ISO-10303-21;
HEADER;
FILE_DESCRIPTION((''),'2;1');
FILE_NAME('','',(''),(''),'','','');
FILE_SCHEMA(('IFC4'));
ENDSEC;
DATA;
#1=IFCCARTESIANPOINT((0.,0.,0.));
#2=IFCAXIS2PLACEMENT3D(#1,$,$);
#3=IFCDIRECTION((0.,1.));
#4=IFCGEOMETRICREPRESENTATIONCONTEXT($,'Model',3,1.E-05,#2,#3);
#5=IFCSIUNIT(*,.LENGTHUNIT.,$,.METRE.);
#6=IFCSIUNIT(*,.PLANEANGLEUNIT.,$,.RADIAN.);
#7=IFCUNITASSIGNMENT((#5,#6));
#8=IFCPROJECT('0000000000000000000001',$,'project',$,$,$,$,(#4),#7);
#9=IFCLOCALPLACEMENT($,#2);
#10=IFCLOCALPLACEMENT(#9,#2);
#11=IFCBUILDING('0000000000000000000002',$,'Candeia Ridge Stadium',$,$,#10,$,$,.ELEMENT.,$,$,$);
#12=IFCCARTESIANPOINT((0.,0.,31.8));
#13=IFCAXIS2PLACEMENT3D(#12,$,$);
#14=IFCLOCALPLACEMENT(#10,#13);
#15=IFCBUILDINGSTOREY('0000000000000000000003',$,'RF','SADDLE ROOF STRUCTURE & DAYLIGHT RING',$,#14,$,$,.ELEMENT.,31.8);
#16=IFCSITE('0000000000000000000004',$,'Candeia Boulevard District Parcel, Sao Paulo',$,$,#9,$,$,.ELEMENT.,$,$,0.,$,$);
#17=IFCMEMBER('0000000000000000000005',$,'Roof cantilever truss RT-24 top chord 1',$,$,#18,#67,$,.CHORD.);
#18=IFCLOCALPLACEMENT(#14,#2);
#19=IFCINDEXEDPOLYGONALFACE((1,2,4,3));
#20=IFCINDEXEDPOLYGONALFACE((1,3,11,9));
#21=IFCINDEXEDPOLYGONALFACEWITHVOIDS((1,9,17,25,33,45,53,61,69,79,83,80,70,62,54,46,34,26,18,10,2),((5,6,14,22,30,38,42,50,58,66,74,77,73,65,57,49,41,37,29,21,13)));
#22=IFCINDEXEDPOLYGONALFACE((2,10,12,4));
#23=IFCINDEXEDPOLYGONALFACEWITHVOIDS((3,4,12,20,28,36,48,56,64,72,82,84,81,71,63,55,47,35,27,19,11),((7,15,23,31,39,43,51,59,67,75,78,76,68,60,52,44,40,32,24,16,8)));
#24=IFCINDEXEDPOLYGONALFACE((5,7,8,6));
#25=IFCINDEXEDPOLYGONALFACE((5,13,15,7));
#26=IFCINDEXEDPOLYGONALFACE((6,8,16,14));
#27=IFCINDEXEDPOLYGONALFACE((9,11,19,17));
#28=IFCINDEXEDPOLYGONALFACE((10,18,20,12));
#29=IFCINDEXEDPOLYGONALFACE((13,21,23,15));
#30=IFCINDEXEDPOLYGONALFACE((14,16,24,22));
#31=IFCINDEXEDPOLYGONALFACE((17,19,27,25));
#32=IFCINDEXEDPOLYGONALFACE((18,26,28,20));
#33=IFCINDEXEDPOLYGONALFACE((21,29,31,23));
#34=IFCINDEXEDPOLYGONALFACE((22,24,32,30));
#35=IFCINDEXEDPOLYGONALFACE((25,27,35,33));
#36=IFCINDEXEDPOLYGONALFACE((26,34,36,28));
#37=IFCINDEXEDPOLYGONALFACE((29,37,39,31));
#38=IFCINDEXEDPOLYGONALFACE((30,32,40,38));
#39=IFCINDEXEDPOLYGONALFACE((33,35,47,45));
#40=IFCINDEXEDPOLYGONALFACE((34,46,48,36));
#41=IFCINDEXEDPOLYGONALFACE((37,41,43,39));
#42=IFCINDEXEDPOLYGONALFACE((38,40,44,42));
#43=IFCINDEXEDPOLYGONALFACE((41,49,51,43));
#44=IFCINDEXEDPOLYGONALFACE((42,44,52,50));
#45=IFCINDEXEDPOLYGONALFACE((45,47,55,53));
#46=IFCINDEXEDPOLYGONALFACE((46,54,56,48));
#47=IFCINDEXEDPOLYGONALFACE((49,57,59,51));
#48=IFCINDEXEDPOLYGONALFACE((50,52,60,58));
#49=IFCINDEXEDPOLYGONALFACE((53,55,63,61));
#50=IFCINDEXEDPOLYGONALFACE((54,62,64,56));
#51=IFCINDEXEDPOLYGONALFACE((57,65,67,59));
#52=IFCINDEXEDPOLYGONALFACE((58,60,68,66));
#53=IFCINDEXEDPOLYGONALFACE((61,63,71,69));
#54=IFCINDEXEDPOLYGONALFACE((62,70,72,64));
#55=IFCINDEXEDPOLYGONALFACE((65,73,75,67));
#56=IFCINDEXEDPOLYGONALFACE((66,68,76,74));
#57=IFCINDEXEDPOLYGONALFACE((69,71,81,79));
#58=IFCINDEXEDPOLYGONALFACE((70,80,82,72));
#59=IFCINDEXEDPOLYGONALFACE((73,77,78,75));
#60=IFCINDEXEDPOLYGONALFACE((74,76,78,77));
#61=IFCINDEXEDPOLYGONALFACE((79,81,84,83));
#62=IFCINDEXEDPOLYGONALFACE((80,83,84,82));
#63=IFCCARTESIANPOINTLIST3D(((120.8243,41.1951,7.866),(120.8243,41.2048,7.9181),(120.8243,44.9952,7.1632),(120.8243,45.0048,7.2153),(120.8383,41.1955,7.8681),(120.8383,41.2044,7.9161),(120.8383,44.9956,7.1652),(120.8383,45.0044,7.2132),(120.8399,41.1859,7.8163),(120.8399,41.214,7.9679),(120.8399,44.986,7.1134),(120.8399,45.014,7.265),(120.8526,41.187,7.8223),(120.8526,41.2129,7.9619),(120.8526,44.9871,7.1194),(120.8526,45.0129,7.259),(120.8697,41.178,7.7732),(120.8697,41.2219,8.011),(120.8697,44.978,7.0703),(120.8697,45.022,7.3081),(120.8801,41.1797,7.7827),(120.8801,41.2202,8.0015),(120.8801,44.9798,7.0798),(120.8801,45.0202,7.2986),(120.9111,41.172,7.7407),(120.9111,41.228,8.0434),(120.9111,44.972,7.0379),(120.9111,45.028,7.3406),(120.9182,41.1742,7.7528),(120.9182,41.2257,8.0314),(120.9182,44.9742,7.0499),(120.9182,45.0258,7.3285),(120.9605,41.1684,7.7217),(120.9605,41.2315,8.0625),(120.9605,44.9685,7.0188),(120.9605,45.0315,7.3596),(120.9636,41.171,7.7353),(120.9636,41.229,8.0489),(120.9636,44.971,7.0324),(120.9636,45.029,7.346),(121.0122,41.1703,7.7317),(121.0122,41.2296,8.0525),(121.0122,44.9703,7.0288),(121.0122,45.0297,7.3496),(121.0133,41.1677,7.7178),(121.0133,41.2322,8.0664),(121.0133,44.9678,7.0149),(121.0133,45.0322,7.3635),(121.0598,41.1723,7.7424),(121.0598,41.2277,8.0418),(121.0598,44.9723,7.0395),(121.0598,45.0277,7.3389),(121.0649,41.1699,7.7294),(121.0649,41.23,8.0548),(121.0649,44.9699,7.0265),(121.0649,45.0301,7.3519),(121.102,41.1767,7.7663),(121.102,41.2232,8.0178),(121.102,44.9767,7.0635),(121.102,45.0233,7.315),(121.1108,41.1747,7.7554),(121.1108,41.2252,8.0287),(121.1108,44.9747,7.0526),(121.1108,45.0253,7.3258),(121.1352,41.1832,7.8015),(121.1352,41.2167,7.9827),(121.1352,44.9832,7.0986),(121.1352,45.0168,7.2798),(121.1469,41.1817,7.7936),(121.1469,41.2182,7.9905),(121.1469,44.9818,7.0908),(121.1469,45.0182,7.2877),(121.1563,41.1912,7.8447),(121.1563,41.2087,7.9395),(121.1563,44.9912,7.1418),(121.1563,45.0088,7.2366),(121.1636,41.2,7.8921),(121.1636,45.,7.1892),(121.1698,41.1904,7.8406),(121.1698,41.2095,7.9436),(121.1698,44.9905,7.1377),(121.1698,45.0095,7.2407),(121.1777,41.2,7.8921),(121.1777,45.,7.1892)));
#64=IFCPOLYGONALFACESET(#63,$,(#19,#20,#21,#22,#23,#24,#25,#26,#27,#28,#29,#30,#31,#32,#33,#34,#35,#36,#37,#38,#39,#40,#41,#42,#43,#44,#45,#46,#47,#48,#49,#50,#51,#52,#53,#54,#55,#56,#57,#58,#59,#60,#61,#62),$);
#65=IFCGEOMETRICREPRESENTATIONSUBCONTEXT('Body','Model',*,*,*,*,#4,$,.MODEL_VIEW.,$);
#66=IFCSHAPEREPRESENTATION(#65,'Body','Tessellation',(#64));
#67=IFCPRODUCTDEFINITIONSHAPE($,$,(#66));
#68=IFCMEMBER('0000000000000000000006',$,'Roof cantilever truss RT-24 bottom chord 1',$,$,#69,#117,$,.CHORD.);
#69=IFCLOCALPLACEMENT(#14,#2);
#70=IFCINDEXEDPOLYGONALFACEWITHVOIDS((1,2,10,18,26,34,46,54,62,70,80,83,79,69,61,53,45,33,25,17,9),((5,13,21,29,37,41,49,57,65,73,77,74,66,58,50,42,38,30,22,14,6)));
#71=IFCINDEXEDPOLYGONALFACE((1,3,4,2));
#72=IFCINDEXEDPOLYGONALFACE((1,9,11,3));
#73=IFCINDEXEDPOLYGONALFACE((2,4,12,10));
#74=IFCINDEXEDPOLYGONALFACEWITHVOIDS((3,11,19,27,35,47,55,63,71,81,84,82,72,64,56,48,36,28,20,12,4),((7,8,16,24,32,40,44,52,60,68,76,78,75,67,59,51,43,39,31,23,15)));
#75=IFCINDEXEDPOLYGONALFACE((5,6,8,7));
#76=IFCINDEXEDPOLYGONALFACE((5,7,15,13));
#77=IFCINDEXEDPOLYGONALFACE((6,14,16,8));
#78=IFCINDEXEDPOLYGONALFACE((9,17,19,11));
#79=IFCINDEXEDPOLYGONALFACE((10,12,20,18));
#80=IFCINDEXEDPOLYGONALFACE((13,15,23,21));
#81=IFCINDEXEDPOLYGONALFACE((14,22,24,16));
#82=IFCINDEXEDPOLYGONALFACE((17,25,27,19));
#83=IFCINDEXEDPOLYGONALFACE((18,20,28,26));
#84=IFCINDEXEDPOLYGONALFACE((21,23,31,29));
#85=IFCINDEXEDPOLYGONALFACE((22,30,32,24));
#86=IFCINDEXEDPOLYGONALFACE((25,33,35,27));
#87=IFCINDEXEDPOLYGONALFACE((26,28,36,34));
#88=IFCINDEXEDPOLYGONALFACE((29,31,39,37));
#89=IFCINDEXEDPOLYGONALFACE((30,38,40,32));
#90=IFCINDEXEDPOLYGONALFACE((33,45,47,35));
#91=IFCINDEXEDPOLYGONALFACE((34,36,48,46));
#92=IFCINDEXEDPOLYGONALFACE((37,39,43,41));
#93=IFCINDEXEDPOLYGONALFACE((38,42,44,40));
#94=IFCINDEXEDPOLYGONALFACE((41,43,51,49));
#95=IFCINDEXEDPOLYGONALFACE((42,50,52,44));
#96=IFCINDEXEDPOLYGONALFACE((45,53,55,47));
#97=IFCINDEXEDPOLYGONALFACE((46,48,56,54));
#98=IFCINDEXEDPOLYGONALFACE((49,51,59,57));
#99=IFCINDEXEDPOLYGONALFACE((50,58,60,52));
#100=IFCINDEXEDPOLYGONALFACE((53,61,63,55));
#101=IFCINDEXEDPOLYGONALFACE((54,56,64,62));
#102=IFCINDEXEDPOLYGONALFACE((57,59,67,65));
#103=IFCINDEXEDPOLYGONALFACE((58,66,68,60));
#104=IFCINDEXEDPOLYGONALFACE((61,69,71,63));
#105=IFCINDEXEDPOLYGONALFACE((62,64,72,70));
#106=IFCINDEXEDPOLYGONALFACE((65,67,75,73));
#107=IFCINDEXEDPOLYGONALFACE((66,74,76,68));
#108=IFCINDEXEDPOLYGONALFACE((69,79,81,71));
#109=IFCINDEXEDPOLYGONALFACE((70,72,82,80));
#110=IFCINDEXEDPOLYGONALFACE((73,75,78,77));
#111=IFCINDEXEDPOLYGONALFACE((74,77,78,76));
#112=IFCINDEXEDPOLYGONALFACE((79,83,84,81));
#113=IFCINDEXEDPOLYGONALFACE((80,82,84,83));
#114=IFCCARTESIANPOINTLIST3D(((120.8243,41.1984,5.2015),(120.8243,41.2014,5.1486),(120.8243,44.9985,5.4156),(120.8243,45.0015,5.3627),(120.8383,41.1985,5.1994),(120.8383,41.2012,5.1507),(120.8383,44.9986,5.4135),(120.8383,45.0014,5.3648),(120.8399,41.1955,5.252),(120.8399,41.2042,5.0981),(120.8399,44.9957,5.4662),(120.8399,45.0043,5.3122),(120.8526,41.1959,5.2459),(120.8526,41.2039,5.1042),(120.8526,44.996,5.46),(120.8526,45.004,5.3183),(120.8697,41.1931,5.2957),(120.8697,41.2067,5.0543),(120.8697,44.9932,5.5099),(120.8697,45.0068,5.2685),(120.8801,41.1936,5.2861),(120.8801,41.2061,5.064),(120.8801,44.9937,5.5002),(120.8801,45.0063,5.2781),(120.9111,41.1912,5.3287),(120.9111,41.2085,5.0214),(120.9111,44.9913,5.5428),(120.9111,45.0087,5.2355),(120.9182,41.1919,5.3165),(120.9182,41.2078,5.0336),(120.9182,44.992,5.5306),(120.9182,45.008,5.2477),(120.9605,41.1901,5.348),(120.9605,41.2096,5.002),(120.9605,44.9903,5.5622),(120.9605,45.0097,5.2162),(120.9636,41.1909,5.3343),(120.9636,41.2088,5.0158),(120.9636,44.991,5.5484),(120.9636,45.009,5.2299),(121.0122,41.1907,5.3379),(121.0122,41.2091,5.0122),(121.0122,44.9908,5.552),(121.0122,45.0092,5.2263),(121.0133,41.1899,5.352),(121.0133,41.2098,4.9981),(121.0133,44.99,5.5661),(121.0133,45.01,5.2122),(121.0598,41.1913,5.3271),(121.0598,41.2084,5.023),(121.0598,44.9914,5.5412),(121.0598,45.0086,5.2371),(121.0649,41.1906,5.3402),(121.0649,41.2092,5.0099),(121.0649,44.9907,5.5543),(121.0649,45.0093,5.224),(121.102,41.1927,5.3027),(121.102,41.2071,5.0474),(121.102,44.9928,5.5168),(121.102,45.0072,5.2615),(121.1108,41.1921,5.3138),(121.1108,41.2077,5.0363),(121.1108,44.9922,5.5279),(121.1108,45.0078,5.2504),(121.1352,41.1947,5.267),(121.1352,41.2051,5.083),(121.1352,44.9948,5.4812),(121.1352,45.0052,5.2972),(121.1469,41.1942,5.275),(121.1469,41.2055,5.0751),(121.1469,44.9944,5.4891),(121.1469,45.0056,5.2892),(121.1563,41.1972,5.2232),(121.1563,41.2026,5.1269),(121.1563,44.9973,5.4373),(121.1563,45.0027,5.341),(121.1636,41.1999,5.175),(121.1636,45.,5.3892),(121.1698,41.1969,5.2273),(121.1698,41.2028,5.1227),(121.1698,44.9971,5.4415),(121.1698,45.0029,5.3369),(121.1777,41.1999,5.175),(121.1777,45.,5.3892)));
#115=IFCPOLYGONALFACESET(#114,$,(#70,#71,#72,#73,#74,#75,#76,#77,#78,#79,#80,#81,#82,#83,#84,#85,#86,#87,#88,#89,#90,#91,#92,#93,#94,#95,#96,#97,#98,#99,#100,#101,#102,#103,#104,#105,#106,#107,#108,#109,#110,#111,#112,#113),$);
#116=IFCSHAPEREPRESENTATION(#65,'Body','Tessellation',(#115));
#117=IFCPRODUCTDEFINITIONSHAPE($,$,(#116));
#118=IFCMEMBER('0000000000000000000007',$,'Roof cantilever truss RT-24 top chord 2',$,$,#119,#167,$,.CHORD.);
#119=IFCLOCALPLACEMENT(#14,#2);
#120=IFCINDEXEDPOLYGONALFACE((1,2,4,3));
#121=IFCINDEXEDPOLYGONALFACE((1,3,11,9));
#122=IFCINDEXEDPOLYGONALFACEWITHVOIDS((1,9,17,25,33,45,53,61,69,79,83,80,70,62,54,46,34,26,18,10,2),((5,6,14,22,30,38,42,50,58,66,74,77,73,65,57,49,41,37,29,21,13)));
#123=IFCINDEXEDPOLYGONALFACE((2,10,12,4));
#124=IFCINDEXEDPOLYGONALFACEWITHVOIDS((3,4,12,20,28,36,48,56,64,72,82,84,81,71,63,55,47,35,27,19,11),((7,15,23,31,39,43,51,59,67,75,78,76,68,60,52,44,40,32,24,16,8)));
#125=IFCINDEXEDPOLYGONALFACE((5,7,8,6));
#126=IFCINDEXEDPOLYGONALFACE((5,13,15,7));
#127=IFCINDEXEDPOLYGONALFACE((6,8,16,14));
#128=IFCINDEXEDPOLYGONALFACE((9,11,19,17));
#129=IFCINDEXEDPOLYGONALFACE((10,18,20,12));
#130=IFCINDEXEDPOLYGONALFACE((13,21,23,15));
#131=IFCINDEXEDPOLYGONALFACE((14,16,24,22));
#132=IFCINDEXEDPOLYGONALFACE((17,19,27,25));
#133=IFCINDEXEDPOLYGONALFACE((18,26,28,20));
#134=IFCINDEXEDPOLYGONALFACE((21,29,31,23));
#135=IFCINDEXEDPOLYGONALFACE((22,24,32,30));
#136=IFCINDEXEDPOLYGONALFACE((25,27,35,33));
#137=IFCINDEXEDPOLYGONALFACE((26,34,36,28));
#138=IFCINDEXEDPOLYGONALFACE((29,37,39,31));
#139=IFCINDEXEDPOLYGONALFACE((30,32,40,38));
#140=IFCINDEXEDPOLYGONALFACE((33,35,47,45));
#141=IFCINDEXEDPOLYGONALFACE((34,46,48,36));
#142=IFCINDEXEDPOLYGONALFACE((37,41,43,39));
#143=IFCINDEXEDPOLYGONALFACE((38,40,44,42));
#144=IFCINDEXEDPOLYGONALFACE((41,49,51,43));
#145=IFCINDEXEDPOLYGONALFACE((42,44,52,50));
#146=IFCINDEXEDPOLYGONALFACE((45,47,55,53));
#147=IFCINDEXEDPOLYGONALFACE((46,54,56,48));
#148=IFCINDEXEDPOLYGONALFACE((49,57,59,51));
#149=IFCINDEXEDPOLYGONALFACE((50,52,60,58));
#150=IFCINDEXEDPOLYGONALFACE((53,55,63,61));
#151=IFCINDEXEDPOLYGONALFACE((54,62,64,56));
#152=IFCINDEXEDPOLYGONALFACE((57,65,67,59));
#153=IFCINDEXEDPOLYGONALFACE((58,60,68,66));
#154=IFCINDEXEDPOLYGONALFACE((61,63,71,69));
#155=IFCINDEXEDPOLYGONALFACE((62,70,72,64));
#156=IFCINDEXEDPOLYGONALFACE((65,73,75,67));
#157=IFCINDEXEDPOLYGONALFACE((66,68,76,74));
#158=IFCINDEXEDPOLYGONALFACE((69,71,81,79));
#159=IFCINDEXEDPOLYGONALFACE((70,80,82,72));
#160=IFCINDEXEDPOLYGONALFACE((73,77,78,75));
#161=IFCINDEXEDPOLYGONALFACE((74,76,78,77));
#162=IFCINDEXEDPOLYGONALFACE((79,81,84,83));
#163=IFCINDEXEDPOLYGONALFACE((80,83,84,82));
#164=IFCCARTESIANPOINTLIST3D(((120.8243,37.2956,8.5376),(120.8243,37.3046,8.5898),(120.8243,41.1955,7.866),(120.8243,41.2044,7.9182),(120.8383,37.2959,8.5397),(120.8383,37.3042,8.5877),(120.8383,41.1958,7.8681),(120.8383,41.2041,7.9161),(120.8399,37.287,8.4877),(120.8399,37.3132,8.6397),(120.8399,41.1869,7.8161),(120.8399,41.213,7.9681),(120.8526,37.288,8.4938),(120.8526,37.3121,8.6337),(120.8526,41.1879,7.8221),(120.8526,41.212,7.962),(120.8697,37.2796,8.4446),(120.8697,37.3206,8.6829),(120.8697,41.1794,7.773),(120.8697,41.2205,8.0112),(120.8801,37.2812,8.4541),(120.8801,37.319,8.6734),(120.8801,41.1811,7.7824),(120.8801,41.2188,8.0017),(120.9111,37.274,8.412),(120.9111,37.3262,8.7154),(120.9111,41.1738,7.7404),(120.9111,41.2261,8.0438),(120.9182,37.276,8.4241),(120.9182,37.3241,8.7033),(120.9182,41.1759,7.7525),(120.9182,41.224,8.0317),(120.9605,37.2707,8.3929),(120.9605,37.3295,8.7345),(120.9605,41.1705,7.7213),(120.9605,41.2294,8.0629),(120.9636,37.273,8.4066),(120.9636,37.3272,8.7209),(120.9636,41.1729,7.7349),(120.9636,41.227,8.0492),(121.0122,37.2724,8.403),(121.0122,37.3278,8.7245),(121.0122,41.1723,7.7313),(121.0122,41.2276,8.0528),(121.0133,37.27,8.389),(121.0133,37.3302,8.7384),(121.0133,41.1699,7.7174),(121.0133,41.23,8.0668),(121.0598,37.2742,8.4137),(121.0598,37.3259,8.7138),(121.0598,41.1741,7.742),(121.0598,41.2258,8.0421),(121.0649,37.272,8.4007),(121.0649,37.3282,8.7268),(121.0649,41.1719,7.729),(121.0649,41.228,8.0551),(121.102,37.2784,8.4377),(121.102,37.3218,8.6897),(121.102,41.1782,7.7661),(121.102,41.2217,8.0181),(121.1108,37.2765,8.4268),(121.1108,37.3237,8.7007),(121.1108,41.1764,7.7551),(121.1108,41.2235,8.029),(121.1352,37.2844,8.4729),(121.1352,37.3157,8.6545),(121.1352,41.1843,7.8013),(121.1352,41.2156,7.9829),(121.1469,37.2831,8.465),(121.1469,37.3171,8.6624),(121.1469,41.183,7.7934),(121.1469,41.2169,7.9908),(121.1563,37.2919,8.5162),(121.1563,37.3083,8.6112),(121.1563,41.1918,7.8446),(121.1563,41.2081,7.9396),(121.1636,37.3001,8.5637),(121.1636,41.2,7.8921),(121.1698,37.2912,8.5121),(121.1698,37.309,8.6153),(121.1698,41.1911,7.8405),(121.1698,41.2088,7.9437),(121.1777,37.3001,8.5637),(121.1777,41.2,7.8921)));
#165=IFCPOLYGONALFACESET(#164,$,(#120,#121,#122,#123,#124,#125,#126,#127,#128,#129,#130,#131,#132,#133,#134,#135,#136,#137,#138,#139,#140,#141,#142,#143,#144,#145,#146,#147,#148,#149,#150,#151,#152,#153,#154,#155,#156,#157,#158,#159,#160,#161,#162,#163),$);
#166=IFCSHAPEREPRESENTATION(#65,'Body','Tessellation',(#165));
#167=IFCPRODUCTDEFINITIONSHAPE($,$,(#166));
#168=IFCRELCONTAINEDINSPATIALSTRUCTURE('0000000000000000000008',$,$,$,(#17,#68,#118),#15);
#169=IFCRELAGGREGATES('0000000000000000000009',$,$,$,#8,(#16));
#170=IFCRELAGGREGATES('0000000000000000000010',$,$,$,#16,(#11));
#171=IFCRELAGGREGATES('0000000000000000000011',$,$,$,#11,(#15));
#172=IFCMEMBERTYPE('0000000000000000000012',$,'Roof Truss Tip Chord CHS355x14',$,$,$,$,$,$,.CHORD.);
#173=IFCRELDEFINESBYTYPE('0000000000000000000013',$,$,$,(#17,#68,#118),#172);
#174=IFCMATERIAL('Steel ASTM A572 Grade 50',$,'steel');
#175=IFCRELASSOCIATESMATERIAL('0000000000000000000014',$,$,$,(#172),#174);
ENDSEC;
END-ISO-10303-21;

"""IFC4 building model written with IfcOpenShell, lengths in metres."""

from ifc_helpers import new_model, si_unit, direction, frame, origin, origin_2d, place, context, subcontext, project, spatial, hollow_circle, extrude, material, material_profile, profile_set, type_object, element, save


model = new_model("IFC4")

# Units and contexts
model_context = context("Model", 3, precision=1e-05, world=origin(), true_north=direction((0.0, 1.0)))
body_context = subcontext(model_context, "Body", "Model", "MODEL_VIEW")
ifc_project = project(units=[si_unit("LENGTHUNIT", "METRE"), si_unit("PLANEANGLEUNIT", "RADIAN")], contexts=[model_context])

# Site, building, storey
site_placement = place(None, origin())
site = spatial("IfcSite", under=ifc_project, at=site_placement, Name="Candeia Boulevard District Parcel, Sao Paulo", CompositionType="ELEMENT", RefElevation=0.0)
building_placement = place(site_placement, origin())
building = spatial("IfcBuilding", under=site, at=building_placement, Name="Candeia Ridge Stadium", CompositionType="ELEMENT")
storey_placement = place(building_placement, frame((0.0, 0.0, 31.8)))
storey = spatial("IfcBuildingStorey", under=building, at=storey_placement, Name="RF", Description="SADDLE ROOF STRUCTURE & DAYLIGHT RING", CompositionType="ELEMENT", Elevation=31.8)

# Shared definitions
ifc_material_1 = material(Name="Steel ASTM A572 Grade 50", Category="steel")

# Members
ifc_material_profile_1 = material_profile(ifc_material_1, hollow_circle(Radius=0.1777, WallThickness=0.0142, at=origin_2d()), Name="CHS355x14", Category="steel")
ifc_profile_set_1 = profile_set([ifc_material_profile_1], Name="Steel ASTM A572 Grade 50")
member_type_1 = type_object("IfcMemberType", Name="Roof Truss Tip Chord CHS355x14", PredefinedType="CHORD", material=ifc_profile_set_1)
member_1_placement = place(storey_placement, frame((121.0, 45.0, 7.1892), z_axis=(0.0, -0.983321, 0.181881), x_axis=(1.0, 0.0, 0.0)))
element("IfcMember", 1, at=member_1_placement, inside=storey, type_object=member_type_1, Name="Roof cantilever truss RT-24 top chord 1", PredefinedType="CHORD", context=body_context, shape_type="SweptSolid", body=[
    extrude(hollow_circle(Radius=0.1777, WallThickness=0.0142, at=origin_2d()), origin(), (0.0, 0.0, 1.0), 3.8645),
])
member_2_placement = place(storey_placement, frame((121.0, 45.0, 5.3892), z_axis=(0.0, -0.998416, -0.056255), x_axis=(1.0, 0.0, 0.0)))
element("IfcMember", 2, at=member_2_placement, inside=storey, type_object=member_type_1, Name="Roof cantilever truss RT-24 bottom chord 1", PredefinedType="CHORD", context=body_context, shape_type="SweptSolid", body=[
    extrude(hollow_circle(Radius=0.1777, WallThickness=0.0142, at=origin_2d()), origin(), (0.0, 0.0, 1.0), 3.8062),
])
member_3_placement = place(storey_placement, frame((121.0, 41.2, 7.8921), z_axis=(0.0, -0.985493, 0.169719), x_axis=(1.0, 0.0, 0.0)))
element("IfcMember", 3, at=member_3_placement, inside=storey, type_object=member_type_1, Name="Roof cantilever truss RT-24 top chord 2", PredefinedType="CHORD", context=body_context, shape_type="SweptSolid", body=[
    extrude(hollow_circle(Radius=0.1777, WallThickness=0.0142, at=origin_2d()), origin(), (0.0, 0.0, 1.0), 3.9573),
])

save(model, "model.ifc")
